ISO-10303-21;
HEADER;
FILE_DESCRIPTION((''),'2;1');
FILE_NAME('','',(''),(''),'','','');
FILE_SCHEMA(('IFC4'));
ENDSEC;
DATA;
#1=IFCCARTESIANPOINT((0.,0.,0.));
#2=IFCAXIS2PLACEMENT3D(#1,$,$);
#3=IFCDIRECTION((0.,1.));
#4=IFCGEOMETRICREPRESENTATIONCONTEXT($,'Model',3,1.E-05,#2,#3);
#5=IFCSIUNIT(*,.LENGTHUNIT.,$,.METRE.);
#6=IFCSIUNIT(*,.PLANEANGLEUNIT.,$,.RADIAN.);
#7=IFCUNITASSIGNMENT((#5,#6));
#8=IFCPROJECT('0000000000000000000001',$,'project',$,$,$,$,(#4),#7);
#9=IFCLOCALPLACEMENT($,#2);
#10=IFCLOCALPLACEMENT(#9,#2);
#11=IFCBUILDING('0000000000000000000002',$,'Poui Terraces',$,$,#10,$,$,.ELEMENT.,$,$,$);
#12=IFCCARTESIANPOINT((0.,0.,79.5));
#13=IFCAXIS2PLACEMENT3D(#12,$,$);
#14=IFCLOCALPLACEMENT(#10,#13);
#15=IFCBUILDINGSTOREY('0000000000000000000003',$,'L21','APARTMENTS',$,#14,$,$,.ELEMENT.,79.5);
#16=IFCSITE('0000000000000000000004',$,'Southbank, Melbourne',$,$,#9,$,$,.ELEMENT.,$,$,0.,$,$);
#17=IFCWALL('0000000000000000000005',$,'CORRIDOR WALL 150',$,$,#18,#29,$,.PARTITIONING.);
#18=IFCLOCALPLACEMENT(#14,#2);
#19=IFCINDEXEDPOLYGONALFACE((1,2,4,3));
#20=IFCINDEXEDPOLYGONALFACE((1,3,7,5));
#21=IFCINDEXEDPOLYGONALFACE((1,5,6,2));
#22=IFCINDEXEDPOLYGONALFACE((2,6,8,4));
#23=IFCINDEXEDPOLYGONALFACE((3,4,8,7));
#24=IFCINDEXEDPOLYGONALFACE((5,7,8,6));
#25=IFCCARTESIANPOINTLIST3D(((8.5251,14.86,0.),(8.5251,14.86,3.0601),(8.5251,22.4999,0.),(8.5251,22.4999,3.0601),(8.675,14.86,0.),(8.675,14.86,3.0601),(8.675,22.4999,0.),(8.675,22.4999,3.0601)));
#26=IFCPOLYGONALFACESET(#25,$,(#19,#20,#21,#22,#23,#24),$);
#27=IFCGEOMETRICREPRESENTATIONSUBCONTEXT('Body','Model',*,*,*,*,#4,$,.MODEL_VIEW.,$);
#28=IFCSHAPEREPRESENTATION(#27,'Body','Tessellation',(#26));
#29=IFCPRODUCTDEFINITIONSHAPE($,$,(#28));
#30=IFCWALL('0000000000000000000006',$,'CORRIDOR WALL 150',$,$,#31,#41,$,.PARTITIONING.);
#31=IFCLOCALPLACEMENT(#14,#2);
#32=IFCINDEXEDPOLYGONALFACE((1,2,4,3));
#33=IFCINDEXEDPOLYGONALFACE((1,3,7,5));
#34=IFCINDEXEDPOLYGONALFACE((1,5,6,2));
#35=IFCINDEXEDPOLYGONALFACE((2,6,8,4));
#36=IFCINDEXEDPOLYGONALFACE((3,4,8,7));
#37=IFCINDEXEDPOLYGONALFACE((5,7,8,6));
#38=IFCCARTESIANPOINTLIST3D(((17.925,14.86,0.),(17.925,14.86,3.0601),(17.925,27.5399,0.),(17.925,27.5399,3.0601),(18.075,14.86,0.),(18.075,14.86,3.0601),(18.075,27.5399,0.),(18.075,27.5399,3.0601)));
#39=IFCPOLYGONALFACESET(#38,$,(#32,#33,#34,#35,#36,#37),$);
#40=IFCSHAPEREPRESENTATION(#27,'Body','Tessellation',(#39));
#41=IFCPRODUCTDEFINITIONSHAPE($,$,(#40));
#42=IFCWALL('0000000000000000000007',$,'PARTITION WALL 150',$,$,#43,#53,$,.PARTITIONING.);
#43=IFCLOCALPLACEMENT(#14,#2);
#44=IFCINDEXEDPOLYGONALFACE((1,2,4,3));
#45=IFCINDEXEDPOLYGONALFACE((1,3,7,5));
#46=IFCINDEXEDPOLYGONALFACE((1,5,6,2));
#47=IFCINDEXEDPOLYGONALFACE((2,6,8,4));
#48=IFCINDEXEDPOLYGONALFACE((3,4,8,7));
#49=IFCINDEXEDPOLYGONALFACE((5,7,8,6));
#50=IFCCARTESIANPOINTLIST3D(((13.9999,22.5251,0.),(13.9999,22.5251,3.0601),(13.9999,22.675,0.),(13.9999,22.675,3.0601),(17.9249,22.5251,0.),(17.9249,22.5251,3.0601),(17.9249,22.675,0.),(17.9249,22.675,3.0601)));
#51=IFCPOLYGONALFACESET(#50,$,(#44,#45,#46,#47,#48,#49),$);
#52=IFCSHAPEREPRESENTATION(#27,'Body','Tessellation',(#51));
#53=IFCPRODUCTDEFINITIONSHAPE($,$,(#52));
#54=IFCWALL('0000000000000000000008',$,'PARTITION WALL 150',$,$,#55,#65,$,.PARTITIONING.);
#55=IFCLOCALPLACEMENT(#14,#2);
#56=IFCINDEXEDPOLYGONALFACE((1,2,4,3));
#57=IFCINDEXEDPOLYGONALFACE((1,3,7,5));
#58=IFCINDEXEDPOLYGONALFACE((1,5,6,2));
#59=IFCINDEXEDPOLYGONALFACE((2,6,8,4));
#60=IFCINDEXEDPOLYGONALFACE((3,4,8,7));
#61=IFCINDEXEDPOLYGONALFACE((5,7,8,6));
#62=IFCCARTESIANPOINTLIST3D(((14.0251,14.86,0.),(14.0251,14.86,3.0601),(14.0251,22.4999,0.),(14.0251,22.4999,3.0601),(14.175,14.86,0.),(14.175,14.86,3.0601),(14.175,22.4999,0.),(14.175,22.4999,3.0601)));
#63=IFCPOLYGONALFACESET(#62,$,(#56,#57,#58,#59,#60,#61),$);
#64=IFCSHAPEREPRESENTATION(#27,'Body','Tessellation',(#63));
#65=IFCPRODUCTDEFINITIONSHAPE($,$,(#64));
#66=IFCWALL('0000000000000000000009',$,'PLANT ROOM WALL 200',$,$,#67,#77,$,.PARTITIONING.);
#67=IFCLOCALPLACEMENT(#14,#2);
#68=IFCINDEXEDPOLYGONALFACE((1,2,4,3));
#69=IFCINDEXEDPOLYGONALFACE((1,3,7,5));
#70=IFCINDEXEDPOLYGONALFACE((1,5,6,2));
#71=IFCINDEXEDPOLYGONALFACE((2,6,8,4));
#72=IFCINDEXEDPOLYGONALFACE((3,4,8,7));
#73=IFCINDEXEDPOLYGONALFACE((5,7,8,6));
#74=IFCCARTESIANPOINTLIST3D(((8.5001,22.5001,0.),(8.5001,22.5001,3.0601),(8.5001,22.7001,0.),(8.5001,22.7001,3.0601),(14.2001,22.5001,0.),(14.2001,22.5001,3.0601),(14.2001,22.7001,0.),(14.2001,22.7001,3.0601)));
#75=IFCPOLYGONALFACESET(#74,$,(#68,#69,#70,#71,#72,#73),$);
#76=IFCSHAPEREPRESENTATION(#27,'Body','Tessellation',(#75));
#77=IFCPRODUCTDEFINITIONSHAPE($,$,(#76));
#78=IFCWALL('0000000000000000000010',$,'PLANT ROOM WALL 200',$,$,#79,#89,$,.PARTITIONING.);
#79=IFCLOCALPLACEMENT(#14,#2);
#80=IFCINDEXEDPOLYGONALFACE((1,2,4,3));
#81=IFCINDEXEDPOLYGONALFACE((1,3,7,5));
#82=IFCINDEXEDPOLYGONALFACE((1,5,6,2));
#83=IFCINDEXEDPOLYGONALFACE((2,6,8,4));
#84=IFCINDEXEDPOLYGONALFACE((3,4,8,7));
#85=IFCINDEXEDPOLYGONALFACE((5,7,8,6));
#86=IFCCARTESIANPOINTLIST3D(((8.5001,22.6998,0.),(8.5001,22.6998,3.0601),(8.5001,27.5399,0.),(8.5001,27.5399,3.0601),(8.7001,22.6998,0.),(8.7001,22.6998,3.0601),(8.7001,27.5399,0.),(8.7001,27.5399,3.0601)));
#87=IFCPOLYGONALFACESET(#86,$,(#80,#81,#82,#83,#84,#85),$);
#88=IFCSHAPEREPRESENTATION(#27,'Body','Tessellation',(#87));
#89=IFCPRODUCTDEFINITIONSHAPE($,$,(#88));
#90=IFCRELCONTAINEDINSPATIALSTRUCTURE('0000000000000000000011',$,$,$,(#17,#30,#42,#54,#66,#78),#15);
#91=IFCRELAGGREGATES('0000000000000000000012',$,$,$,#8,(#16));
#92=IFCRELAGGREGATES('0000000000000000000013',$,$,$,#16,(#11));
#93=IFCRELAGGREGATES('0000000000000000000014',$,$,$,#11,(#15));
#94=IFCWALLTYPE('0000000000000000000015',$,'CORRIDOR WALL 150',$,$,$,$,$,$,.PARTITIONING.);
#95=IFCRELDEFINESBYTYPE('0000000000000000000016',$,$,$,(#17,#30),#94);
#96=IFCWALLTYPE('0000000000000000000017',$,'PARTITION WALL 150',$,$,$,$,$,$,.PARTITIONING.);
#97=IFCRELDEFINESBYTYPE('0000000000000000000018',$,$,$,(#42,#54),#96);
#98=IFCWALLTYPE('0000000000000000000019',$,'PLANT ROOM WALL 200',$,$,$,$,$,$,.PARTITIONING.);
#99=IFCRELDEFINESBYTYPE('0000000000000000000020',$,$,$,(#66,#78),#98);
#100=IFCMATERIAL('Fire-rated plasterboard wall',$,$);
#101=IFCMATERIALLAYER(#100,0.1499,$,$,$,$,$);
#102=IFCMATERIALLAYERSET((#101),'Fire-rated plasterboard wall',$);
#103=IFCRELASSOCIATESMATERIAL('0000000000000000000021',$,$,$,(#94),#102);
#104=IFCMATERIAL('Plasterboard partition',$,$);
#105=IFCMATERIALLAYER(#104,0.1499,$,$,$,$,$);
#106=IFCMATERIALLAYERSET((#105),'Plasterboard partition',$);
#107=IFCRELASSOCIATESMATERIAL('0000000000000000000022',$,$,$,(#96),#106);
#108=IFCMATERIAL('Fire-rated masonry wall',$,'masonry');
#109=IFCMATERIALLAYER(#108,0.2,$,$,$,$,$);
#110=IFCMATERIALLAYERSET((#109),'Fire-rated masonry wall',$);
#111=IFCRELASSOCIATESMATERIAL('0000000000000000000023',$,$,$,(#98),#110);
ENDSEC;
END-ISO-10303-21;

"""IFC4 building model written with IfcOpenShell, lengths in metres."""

from ifc_helpers import new_model, si_unit, direction, frame, frame_2d, origin, place, context, subcontext, project, spatial, rectangle, extrude, material, layer, layer_set, type_object, element, save


model = new_model("IFC4")

# Units and contexts
model_context = context("Model", 3, precision=1e-05, world=origin(), true_north=direction((0.0, 1.0)))
body_context = subcontext(model_context, "Body", "Model", "MODEL_VIEW")
ifc_project = project(units=[si_unit("LENGTHUNIT", "METRE"), si_unit("PLANEANGLEUNIT", "RADIAN")], contexts=[model_context])

# Site, building, storey
site_placement = place(None, origin())
site = spatial("IfcSite", under=ifc_project, at=site_placement, Name="Southbank, Melbourne", CompositionType="ELEMENT", RefElevation=0.0)
building_placement = place(site_placement, origin())
building = spatial("IfcBuilding", under=site, at=building_placement, Name="Poui Terraces", CompositionType="ELEMENT")
storey_placement = place(building_placement, frame((0.0, 0.0, 79.5)))
storey = spatial("IfcBuildingStorey", under=building, at=storey_placement, Name="L21", Description="APARTMENTS", CompositionType="ELEMENT", Elevation=79.5)

# Walls
ifc_material_1 = material(Name="Fire-rated plasterboard wall")
ifc_layer_1 = layer(ifc_material_1, 0.1499)
ifc_layer_set_1 = layer_set([ifc_layer_1], Name="Fire-rated plasterboard wall")
wall_type_1 = type_object("IfcWallType", Name="CORRIDOR WALL 150", PredefinedType="PARTITIONING", material=ifc_layer_set_1)
wall_1_placement = place(storey_placement, frame((8.6001, 14.8601, 0.0), z_axis=(0.0, 0.0, 1.0), x_axis=(0.0, 1.0, 0.0)))
element("IfcWall", 1, at=wall_1_placement, inside=storey, type_object=wall_type_1, Name="CORRIDOR WALL 150", PredefinedType="PARTITIONING", context=body_context, shape_type="SweptSolid", body=[
    extrude(rectangle(XDim=7.6399, YDim=0.1499, at=frame_2d((3.8198, 0.0))), origin(), (0.0, 0.0, 1.0), 3.0601),
])
wall_2_placement = place(storey_placement, frame((18.0, 14.8601, 0.0), z_axis=(0.0, 0.0, 1.0), x_axis=(0.0, 1.0, 0.0)))
element("IfcWall", 2, at=wall_2_placement, inside=storey, type_object=wall_type_1, Name="CORRIDOR WALL 150", PredefinedType="PARTITIONING", context=body_context, shape_type="SweptSolid", body=[
    extrude(rectangle(XDim=12.6799, YDim=0.1499, at=frame_2d((6.3398, 0.0))), origin(), (0.0, 0.0, 1.0), 3.0601),
])
ifc_material_2 = material(Name="Plasterboard partition")
ifc_layer_2 = layer(ifc_material_2, 0.1499)
ifc_layer_set_2 = layer_set([ifc_layer_2], Name="Plasterboard partition")
wall_type_2 = type_object("IfcWallType", Name="PARTITION WALL 150", PredefinedType="PARTITIONING", material=ifc_layer_set_2)
wall_3_placement = place(storey_placement, frame((14.0, 22.6001, 0.0), z_axis=(0.0, 0.0, 1.0), x_axis=(1.0, 0.0, 0.0)))
element("IfcWall", 3, at=wall_3_placement, inside=storey, type_object=wall_type_2, Name="PARTITION WALL 150", PredefinedType="PARTITIONING", context=body_context, shape_type="SweptSolid", body=[
    extrude(rectangle(XDim=3.925, YDim=0.1499, at=frame_2d((1.9624, 0.0))), origin(), (0.0, 0.0, 1.0), 3.0601),
])
wall_4_placement = place(storey_placement, frame((14.1001, 14.8601, 0.0), z_axis=(0.0, 0.0, 1.0), x_axis=(0.0, 1.0, 0.0)))
element("IfcWall", 4, at=wall_4_placement, inside=storey, type_object=wall_type_2, Name="PARTITION WALL 150", PredefinedType="PARTITIONING", context=body_context, shape_type="SweptSolid", body=[
    extrude(rectangle(XDim=7.6399, YDim=0.1499, at=frame_2d((3.8198, 0.0))), origin(), (0.0, 0.0, 1.0), 3.0601),
])
ifc_material_3 = material(Name="Fire-rated masonry wall", Category="masonry")
ifc_layer_3 = layer(ifc_material_3, 0.2)
ifc_layer_set_3 = layer_set([ifc_layer_3], Name="Fire-rated masonry wall")
wall_type_3 = type_object("IfcWallType", Name="PLANT ROOM WALL 200", PredefinedType="PARTITIONING", material=ifc_layer_set_3)
wall_5_placement = place(storey_placement, frame((8.5, 22.6001, 0.0), z_axis=(0.0, 0.0, 1.0), x_axis=(1.0, 0.0, 0.0)))
element("IfcWall", 5, at=wall_5_placement, inside=storey, type_object=wall_type_3, Name="PLANT ROOM WALL 200", PredefinedType="PARTITIONING", context=body_context, shape_type="SweptSolid", body=[
    extrude(rectangle(XDim=5.7, YDim=0.2, at=frame_2d((2.8501, 0.0))), origin(), (0.0, 0.0, 1.0), 3.0601),
])
wall_6_placement = place(storey_placement, frame((8.6001, 22.7, 0.0), z_axis=(0.0, 0.0, 1.0), x_axis=(0.0, 1.0, 0.0)))
element("IfcWall", 6, at=wall_6_placement, inside=storey, type_object=wall_type_3, Name="PLANT ROOM WALL 200", PredefinedType="PARTITIONING", context=body_context, shape_type="SweptSolid", body=[
    extrude(rectangle(XDim=4.8401, YDim=0.2, at=frame_2d((2.4199, 0.0))), origin(), (0.0, 0.0, 1.0), 3.0601),
])

save(model, "model.ifc")
